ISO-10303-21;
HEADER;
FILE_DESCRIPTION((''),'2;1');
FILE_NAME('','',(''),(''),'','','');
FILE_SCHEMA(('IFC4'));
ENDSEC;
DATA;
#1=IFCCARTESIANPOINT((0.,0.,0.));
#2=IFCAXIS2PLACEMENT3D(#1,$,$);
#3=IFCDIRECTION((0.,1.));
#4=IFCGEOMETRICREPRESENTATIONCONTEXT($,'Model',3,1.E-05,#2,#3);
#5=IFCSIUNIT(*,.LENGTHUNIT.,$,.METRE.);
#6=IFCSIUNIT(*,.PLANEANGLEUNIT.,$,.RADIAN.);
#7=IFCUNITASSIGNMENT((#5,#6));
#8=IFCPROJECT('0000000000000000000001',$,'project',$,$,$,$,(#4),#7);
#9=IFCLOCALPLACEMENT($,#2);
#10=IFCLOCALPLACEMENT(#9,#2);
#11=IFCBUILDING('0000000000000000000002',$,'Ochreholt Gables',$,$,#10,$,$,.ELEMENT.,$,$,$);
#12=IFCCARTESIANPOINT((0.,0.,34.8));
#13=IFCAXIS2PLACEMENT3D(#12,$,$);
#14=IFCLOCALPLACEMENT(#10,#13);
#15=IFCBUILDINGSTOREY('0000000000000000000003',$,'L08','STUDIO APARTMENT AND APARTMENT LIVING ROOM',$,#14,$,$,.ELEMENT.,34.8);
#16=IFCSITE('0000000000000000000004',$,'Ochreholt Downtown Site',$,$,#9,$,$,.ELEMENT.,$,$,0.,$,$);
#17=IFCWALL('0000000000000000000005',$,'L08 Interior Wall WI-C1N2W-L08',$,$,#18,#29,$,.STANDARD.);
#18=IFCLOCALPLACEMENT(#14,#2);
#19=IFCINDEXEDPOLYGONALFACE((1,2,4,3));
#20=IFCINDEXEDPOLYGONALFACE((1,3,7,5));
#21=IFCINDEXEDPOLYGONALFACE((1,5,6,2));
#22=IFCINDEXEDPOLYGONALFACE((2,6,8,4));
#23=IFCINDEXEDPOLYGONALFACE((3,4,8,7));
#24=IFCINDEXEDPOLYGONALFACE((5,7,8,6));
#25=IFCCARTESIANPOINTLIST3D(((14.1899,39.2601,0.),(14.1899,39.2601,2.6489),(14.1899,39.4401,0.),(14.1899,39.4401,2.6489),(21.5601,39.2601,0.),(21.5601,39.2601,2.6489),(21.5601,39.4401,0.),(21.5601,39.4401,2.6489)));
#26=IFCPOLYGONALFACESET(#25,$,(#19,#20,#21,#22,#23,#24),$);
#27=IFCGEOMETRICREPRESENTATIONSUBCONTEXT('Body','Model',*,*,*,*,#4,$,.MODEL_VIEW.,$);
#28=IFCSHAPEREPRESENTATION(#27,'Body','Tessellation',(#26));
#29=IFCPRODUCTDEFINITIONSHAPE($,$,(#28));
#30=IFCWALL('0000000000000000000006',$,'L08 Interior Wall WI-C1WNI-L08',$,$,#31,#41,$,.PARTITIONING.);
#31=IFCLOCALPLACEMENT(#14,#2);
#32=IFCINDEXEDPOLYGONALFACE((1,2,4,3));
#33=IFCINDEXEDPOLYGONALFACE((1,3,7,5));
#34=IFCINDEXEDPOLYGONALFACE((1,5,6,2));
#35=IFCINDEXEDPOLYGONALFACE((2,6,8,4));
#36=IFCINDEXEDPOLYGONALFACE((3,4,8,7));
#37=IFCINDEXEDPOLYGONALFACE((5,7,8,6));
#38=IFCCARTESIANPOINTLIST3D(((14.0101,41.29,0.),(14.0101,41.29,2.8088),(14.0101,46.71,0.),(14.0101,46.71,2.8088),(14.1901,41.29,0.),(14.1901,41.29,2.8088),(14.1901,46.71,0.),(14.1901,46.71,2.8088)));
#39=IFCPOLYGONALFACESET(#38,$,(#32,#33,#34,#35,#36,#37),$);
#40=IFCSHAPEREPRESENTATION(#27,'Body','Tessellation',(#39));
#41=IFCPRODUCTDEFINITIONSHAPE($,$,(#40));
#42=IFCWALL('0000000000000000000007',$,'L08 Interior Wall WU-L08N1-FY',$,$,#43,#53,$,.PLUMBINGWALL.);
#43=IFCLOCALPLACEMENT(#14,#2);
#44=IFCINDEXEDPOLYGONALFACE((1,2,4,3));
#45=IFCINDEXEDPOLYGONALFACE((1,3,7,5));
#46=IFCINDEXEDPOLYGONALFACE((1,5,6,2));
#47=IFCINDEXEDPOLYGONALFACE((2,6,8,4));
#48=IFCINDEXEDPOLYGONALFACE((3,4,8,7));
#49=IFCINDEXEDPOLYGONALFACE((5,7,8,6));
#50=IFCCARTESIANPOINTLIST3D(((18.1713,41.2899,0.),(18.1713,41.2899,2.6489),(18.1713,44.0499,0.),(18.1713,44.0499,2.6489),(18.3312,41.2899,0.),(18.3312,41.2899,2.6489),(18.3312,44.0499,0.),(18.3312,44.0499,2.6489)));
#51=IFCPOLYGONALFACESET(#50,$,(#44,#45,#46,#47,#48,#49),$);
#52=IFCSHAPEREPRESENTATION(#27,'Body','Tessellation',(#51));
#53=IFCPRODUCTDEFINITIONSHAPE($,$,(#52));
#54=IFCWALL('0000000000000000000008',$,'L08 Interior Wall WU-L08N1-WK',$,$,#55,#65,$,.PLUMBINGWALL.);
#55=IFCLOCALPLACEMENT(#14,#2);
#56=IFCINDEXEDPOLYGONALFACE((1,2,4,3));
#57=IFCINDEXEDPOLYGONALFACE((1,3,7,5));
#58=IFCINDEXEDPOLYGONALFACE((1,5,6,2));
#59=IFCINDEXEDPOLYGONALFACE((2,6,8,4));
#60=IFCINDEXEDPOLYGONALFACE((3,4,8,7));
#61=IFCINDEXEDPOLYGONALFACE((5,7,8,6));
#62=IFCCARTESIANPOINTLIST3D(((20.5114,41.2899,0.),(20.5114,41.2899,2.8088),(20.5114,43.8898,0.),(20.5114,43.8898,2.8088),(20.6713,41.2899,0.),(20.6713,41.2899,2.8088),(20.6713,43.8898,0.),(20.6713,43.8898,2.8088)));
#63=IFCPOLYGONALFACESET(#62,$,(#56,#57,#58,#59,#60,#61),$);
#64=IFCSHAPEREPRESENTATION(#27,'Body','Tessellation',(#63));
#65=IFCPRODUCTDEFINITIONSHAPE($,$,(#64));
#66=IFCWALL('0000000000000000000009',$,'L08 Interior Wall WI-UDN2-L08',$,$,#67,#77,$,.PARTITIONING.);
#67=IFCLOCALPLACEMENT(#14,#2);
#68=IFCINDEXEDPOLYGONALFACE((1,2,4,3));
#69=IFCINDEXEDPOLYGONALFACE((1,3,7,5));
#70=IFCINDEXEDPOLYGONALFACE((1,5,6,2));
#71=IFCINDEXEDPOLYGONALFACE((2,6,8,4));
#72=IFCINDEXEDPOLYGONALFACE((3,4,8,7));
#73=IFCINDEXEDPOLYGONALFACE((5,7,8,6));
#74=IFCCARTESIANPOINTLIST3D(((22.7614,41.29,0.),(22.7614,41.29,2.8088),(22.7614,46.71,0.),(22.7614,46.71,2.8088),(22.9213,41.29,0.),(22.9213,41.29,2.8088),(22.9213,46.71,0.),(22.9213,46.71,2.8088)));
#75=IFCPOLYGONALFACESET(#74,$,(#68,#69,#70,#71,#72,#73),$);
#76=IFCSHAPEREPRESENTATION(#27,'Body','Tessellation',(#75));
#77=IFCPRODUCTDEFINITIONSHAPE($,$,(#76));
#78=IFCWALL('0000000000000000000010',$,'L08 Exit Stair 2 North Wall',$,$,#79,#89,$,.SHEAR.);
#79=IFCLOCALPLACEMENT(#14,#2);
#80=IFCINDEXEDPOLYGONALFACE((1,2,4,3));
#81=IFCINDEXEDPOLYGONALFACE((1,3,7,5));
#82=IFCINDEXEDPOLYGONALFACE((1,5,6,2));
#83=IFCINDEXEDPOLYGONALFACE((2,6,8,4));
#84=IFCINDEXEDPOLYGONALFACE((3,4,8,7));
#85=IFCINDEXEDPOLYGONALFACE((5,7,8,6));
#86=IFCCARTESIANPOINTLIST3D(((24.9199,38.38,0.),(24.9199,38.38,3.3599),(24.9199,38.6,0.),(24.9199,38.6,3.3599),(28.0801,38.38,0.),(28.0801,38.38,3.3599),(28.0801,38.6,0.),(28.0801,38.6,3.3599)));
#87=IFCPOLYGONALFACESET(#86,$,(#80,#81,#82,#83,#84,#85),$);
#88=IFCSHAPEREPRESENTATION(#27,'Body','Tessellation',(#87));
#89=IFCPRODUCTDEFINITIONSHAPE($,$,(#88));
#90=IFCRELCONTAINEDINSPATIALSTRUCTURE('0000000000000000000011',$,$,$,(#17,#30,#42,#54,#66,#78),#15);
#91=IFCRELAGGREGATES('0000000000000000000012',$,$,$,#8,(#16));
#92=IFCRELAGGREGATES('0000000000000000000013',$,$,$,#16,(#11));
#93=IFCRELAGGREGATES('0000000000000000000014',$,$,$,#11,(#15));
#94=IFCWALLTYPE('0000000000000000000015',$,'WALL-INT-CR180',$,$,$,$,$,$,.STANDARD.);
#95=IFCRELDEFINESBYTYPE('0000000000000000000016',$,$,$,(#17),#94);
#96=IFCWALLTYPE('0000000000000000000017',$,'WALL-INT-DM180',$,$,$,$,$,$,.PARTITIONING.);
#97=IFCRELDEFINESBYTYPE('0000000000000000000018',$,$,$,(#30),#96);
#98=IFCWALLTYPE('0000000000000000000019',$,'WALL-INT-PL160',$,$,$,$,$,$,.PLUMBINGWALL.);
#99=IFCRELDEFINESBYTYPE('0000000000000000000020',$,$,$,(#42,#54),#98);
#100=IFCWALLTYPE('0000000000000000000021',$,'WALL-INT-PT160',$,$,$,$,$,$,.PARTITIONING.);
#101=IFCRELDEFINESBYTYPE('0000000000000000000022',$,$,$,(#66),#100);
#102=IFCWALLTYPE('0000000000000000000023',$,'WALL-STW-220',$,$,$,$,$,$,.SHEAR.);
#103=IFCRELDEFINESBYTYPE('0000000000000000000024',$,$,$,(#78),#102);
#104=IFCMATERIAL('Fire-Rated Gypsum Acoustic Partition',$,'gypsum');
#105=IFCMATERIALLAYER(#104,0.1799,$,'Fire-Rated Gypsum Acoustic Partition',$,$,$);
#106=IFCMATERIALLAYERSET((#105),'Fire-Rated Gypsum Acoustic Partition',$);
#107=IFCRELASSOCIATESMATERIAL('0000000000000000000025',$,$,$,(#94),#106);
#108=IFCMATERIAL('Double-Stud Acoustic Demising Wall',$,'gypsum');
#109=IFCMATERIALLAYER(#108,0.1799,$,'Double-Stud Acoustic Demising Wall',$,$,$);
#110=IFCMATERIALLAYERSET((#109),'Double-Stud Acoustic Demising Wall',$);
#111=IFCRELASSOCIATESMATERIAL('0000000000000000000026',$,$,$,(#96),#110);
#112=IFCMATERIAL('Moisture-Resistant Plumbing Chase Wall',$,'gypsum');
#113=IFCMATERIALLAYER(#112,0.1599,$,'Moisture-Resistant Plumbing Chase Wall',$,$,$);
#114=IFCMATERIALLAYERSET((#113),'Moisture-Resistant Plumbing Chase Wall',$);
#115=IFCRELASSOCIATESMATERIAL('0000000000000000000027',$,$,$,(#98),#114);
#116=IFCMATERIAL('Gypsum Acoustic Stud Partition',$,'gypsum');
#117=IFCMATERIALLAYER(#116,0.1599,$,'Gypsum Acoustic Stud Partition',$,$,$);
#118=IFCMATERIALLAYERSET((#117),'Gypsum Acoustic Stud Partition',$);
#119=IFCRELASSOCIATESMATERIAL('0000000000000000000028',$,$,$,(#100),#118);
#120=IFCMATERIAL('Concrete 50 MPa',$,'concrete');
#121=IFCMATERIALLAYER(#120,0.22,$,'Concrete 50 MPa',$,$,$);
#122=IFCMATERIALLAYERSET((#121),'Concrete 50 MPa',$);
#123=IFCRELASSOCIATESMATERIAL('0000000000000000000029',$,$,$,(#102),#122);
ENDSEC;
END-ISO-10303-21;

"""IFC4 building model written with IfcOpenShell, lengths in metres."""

from ifc_helpers import new_model, si_unit, direction, frame, frame_2d, origin, place, context, subcontext, project, spatial, rectangle, extrude, material, layer, layer_set, type_object, element, save


model = new_model("IFC4")

# Units and contexts
model_context = context("Model", 3, precision=1e-05, world=origin(), true_north=direction((0.0, 1.0)))
body_context = subcontext(model_context, "Body", "Model", "MODEL_VIEW")
ifc_project = project(units=[si_unit("LENGTHUNIT", "METRE"), si_unit("PLANEANGLEUNIT", "RADIAN")], contexts=[model_context])

# Site, building, storey
site_placement = place(None, origin())
site = spatial("IfcSite", under=ifc_project, at=site_placement, Name="Ochreholt Downtown Site", CompositionType="ELEMENT", RefElevation=0.0)
building_placement = place(site_placement, origin())
building = spatial("IfcBuilding", under=site, at=building_placement, Name="Ochreholt Gables", CompositionType="ELEMENT")
storey_placement = place(building_placement, frame((0.0, 0.0, 34.8)))
storey = spatial("IfcBuildingStorey", under=building, at=storey_placement, Name="L08", Description="STUDIO APARTMENT AND APARTMENT LIVING ROOM", CompositionType="ELEMENT", Elevation=34.8)

# Walls
ifc_material_1 = material(Name="Fire-Rated Gypsum Acoustic Partition", Category="gypsum")
ifc_layer_1 = layer(ifc_material_1, 0.1799, Name="Fire-Rated Gypsum Acoustic Partition")
ifc_layer_set_1 = layer_set([ifc_layer_1], Name="Fire-Rated Gypsum Acoustic Partition")
wall_type_1 = type_object("IfcWallType", Name="WALL-INT-CR180", PredefinedType="STANDARD", material=ifc_layer_set_1)
wall_1_placement = place(storey_placement, frame((14.1899, 39.3501, 0.0), z_axis=(0.0, 0.0, 1.0), x_axis=(1.0, 0.0, 0.0)))
element("IfcWall", 1, at=wall_1_placement, inside=storey, type_object=wall_type_1, Name="L08 Interior Wall WI-C1N2W-L08", PredefinedType="STANDARD", context=body_context, shape_type="SweptSolid", body=[
    extrude(rectangle(XDim=7.3701, YDim=0.1799, at=frame_2d((3.6851, 0.0))), origin(), (0.0, 0.0, 1.0), 2.6489),
])
ifc_material_2 = material(Name="Double-Stud Acoustic Demising Wall", Category="gypsum")
ifc_layer_2 = layer(ifc_material_2, 0.1799, Name="Double-Stud Acoustic Demising Wall")
ifc_layer_set_2 = layer_set([ifc_layer_2], Name="Double-Stud Acoustic Demising Wall")
wall_type_2 = type_object("IfcWallType", Name="WALL-INT-DM180", PredefinedType="PARTITIONING", material=ifc_layer_set_2)
wall_2_placement = place(storey_placement, frame((14.1001, 41.29, 0.0), z_axis=(0.0, 0.0, 1.0), x_axis=(0.0, 1.0, 0.0)))
element("IfcWall", 2, at=wall_2_placement, inside=storey, type_object=wall_type_2, Name="L08 Interior Wall WI-C1WNI-L08", PredefinedType="PARTITIONING", context=body_context, shape_type="SweptSolid", body=[
    extrude(rectangle(XDim=5.4199, YDim=0.1799, at=frame_2d((2.71, 0.0))), origin(), (0.0, 0.0, 1.0), 2.8088),
])

# Shared definitions
ifc_material_3 = material(Name="Moisture-Resistant Plumbing Chase Wall", Category="gypsum")
ifc_layer_3 = layer(ifc_material_3, 0.1599, Name="Moisture-Resistant Plumbing Chase Wall")
ifc_layer_set_3 = layer_set([ifc_layer_3], Name="Moisture-Resistant Plumbing Chase Wall")
wall_type_3 = type_object("IfcWallType", Name="WALL-INT-PL160", PredefinedType="PLUMBINGWALL", material=ifc_layer_set_3)

# Walls
wall_3_placement = place(storey_placement, frame((18.2512, 41.29, 0.0), z_axis=(0.0, 0.0, 1.0), x_axis=(0.0, 1.0, 0.0)))
element("IfcWall", 3, at=wall_3_placement, inside=storey, type_object=wall_type_3, Name="L08 Interior Wall WU-L08N1-FY", PredefinedType="PLUMBINGWALL", context=body_context, shape_type="SweptSolid", body=[
    extrude(rectangle(XDim=2.76, YDim=0.1599, at=frame_2d((1.3799, 0.0))), origin(), (0.0, 0.0, 1.0), 2.6489),
])
wall_4_placement = place(storey_placement, frame((20.5913, 41.29, 0.0), z_axis=(0.0, 0.0, 1.0), x_axis=(0.0, 1.0, 0.0)))
element("IfcWall", 4, at=wall_4_placement, inside=storey, type_object=wall_type_3, Name="L08 Interior Wall WU-L08N1-WK", PredefinedType="PLUMBINGWALL", context=body_context, shape_type="SweptSolid", body=[
    extrude(rectangle(XDim=2.5999, YDim=0.1599, at=frame_2d((1.2998, 0.0))), origin(), (0.0, 0.0, 1.0), 2.8088),
])
ifc_material_4 = material(Name="Gypsum Acoustic Stud Partition", Category="gypsum")
ifc_layer_4 = layer(ifc_material_4, 0.1599, Name="Gypsum Acoustic Stud Partition")
ifc_layer_set_4 = layer_set([ifc_layer_4], Name="Gypsum Acoustic Stud Partition")
wall_type_4 = type_object("IfcWallType", Name="WALL-INT-PT160", PredefinedType="PARTITIONING", material=ifc_layer_set_4)
wall_5_placement = place(storey_placement, frame((22.8413, 41.29, 0.0), z_axis=(0.0, 0.0, 1.0), x_axis=(0.0, 1.0, 0.0)))
element("IfcWall", 5, at=wall_5_placement, inside=storey, type_object=wall_type_4, Name="L08 Interior Wall WI-UDN2-L08", PredefinedType="PARTITIONING", context=body_context, shape_type="SweptSolid", body=[
    extrude(rectangle(XDim=5.4199, YDim=0.1599, at=frame_2d((2.71, 0.0))), origin(), (0.0, 0.0, 1.0), 2.8088),
])
ifc_material_5 = material(Name="Concrete 50 MPa", Category="concrete")
ifc_layer_5 = layer(ifc_material_5, 0.22, Name="Concrete 50 MPa")
ifc_layer_set_5 = layer_set([ifc_layer_5], Name="Concrete 50 MPa")
wall_type_5 = type_object("IfcWallType", Name="WALL-STW-220", PredefinedType="SHEAR", material=ifc_layer_set_5)
wall_6_placement = place(storey_placement, frame((24.9199, 38.49, 0.0), z_axis=(0.0, 0.0, 1.0), x_axis=(1.0, 0.0, 0.0)))
element("IfcWall", 6, at=wall_6_placement, inside=storey, type_object=wall_type_5, Name="L08 Exit Stair 2 North Wall", PredefinedType="SHEAR", context=body_context, shape_type="SweptSolid", body=[
    extrude(rectangle(XDim=3.1602, YDim=0.22, at=frame_2d((1.5801, 0.0))), origin(), (0.0, 0.0, 1.0), 3.3599),
])

save(model, "model.ifc")
